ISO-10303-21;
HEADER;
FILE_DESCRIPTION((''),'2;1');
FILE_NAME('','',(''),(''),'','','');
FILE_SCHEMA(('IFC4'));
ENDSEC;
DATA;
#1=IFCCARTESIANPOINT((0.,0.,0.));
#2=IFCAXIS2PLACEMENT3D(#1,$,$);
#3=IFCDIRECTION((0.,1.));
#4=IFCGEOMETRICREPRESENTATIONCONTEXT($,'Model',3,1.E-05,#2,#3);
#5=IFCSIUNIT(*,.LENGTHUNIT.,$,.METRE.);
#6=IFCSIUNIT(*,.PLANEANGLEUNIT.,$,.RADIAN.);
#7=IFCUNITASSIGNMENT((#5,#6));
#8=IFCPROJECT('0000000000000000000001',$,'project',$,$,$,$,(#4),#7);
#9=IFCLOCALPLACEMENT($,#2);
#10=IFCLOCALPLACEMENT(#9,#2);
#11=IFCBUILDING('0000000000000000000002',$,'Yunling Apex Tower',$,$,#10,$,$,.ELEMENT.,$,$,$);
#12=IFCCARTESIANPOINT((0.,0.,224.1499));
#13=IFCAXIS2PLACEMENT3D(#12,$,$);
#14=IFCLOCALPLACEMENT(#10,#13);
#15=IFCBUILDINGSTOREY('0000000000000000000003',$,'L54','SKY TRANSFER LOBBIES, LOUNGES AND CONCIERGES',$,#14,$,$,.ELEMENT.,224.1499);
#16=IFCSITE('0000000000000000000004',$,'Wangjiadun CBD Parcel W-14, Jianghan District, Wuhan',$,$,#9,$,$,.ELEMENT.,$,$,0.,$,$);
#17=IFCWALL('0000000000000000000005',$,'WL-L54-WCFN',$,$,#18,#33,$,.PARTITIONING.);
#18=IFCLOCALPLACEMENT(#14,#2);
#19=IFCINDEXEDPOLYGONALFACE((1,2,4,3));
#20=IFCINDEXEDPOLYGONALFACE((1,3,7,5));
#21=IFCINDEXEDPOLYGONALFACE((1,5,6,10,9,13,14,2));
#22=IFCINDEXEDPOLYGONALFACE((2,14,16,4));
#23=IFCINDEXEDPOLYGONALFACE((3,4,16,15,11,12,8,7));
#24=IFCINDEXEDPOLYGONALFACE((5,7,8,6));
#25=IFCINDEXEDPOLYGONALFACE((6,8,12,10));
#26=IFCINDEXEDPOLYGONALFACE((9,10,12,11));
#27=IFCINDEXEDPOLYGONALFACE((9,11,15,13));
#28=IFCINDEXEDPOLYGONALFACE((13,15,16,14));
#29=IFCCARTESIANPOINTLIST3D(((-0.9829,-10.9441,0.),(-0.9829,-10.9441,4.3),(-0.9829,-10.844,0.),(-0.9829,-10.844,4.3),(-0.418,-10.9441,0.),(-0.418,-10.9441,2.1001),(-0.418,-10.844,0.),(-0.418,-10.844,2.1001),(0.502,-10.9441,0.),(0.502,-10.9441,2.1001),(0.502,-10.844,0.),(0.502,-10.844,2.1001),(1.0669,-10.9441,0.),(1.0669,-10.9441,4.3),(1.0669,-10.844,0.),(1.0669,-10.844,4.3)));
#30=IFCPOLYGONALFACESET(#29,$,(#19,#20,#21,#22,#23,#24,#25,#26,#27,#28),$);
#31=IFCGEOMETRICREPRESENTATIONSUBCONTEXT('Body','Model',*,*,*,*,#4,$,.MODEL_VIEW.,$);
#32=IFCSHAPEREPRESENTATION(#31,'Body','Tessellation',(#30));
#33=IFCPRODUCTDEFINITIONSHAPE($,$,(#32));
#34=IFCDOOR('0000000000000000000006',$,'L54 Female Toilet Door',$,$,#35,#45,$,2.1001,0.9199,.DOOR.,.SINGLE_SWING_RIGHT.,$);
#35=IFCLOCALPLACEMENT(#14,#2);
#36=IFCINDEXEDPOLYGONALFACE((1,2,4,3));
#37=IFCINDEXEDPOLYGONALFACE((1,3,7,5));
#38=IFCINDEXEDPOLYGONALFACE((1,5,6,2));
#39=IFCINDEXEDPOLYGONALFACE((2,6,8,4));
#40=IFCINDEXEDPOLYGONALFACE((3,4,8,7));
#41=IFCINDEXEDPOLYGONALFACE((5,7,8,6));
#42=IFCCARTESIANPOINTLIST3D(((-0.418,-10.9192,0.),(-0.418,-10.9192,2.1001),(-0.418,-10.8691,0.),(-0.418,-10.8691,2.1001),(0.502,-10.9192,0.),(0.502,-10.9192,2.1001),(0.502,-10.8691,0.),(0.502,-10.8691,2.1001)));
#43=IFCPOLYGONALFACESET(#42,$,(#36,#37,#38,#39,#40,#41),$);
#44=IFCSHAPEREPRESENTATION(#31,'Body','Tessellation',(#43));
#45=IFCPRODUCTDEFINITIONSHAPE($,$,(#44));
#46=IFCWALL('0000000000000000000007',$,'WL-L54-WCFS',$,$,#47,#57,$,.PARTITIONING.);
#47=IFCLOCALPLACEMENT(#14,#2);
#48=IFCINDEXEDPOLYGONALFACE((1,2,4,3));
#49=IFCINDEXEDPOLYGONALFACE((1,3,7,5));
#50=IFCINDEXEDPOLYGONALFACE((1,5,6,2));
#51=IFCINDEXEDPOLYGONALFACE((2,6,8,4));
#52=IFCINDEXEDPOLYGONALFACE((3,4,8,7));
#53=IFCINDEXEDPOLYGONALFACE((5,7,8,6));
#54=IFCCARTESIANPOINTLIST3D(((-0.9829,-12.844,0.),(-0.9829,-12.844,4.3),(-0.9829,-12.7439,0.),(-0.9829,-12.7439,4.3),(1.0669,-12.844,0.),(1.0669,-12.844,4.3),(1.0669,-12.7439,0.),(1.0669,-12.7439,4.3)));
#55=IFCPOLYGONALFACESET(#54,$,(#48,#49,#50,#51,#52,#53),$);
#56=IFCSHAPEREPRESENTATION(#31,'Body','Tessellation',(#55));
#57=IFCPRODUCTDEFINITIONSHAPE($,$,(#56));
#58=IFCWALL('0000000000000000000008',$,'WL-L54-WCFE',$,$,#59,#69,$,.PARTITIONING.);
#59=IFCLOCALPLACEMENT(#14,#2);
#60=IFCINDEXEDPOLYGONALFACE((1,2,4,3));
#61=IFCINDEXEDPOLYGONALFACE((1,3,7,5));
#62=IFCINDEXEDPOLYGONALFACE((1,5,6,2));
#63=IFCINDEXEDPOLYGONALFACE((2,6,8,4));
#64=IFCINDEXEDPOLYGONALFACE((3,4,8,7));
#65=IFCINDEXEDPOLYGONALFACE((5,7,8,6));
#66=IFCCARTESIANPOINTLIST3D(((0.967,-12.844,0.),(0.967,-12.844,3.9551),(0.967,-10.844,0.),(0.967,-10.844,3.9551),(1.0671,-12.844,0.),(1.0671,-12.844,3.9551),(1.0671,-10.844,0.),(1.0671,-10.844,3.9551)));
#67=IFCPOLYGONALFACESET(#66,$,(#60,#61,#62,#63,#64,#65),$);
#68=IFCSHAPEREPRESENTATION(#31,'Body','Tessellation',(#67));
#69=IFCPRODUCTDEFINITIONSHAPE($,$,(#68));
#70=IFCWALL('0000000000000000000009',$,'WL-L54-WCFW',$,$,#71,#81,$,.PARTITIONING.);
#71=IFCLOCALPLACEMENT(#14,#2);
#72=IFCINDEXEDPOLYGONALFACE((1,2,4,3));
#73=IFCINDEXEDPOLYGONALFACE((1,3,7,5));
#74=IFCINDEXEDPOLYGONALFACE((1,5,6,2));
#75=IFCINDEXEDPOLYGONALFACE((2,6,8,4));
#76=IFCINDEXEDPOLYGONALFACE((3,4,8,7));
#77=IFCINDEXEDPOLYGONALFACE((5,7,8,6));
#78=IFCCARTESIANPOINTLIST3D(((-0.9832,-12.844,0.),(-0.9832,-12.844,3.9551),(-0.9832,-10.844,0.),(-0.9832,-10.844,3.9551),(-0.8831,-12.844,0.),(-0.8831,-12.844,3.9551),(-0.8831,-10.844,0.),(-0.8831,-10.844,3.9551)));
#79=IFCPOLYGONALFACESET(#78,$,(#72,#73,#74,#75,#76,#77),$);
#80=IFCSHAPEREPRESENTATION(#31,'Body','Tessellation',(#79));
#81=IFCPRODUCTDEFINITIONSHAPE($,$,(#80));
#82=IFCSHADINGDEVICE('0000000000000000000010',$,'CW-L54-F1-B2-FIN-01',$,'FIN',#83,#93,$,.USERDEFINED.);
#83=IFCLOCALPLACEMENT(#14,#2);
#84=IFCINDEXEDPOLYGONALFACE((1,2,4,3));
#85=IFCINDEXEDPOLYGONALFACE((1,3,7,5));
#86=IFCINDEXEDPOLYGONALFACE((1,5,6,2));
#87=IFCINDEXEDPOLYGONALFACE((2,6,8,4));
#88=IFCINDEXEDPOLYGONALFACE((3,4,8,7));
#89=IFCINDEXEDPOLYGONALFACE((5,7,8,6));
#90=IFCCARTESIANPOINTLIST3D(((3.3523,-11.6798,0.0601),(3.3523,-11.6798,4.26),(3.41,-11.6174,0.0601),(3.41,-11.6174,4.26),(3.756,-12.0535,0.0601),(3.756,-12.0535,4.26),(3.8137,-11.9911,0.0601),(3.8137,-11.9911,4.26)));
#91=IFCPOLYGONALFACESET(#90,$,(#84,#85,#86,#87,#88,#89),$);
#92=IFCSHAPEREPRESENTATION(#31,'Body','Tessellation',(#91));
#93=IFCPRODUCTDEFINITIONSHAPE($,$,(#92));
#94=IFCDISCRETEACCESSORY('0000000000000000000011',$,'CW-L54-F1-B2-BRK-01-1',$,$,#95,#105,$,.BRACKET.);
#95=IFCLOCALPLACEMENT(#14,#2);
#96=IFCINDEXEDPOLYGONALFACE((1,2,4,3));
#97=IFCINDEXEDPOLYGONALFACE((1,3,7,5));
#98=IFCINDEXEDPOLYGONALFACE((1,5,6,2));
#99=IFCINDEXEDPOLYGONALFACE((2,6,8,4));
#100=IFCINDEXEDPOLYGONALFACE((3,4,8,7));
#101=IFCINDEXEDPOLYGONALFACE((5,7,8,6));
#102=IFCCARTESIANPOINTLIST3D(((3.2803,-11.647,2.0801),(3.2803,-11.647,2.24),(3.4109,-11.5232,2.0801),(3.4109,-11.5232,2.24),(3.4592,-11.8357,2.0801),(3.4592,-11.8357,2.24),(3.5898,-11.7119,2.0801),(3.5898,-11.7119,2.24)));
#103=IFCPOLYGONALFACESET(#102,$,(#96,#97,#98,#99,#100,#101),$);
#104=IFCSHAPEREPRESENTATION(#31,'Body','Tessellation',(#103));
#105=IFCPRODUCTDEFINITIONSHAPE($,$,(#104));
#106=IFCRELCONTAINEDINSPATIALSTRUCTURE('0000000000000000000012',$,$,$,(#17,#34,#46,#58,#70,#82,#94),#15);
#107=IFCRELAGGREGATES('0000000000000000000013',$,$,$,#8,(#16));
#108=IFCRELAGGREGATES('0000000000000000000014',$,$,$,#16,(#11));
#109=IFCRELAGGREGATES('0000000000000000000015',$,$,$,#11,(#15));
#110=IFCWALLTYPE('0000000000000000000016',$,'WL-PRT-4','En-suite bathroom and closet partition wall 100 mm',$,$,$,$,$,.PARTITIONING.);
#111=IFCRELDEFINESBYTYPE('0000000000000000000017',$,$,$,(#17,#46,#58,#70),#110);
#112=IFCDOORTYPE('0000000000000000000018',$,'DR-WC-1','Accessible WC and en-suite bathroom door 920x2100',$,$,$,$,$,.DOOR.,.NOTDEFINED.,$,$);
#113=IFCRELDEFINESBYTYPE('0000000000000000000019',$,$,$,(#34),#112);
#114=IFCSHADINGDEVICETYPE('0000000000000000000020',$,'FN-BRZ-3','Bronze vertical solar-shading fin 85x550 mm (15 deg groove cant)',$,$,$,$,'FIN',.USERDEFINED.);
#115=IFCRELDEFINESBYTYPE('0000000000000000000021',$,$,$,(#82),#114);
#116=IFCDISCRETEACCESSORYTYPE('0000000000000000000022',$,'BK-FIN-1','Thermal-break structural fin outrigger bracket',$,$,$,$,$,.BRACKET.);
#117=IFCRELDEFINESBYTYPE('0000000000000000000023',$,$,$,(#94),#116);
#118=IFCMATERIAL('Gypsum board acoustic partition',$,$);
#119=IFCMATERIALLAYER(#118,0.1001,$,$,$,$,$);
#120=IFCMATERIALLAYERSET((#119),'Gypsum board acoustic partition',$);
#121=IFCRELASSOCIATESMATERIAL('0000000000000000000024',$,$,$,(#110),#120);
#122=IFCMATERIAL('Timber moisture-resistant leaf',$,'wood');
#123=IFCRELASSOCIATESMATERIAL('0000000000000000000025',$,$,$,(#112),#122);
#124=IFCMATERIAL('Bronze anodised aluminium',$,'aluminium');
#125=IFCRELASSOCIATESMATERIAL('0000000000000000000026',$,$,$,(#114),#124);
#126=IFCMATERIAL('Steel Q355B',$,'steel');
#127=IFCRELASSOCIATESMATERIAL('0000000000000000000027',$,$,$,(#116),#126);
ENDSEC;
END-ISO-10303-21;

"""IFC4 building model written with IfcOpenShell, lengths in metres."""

from ifc_helpers import new_model, si_unit, direction, frame, frame_2d, origin, origin_2d, place, context, subcontext, project, spatial, rectangle, extrude, source, transform, mapped, material, layer, layer_set, material_profile, profile_set, type_object, element, fill, save


model = new_model("IFC4")

# Units and contexts
model_context = context("Model", 3, precision=1e-05, world=origin(), true_north=direction((0.0, 1.0)))
body_context = subcontext(model_context, "Body", "Model", "MODEL_VIEW")
ifc_project = project(units=[si_unit("LENGTHUNIT", "METRE"), si_unit("PLANEANGLEUNIT", "RADIAN")], contexts=[model_context])

# Site, building, storey
site_placement = place(None, origin())
site = spatial("IfcSite", under=ifc_project, at=site_placement, Name="Wangjiadun CBD Parcel W-14, Jianghan District, Wuhan", CompositionType="ELEMENT", RefElevation=0.0)
building_placement = place(site_placement, origin())
building = spatial("IfcBuilding", under=site, at=building_placement, Name="Yunling Apex Tower", CompositionType="ELEMENT")
storey_placement = place(building_placement, frame((0.0, 0.0, 224.1499)))
storey = spatial("IfcBuildingStorey", under=building, at=storey_placement, Name="L54", Description="SKY TRANSFER LOBBIES, LOUNGES AND CONCIERGES", CompositionType="ELEMENT", Elevation=224.1499)

# Shared definitions
ifc_material_1 = material(Name="Steel Q355B", Category="steel")

# Shared definitions
ifc_material_2 = material(Name="Bronze anodised aluminium", Category="aluminium")

# Wall, opening, door
ifc_material_3 = material(Name="Gypsum board acoustic partition")
ifc_layer_1 = layer(ifc_material_3, 0.1001)
ifc_layer_set_1 = layer_set([ifc_layer_1], Name="Gypsum board acoustic partition")
wall_type_1 = type_object("IfcWallType", Name="WL-PRT-4", Description="En-suite bathroom and closet partition wall 100 mm", PredefinedType="PARTITIONING", material=ifc_layer_set_1)
wall_1_placement = place(storey_placement, frame((-0.9829, -10.894, 0.0), z_axis=(0.0, 0.0, 1.0), x_axis=(1.0, 0.0, 0.0)))
wall_1 = element("IfcWall", 1, at=wall_1_placement, inside=storey, type_object=wall_type_1, Name="WL-L54-WCFN", PredefinedType="PARTITIONING", context=body_context, shape_type="SweptSolid", body=[
    extrude(rectangle(XDim=2.0498, YDim=0.1001, at=frame_2d((1.0249, 0.0))), origin(), (0.0, 0.0, 1.0), 4.3),
])
opening_1_placement = place(wall_1_placement, frame((0.5649, 0.0, 0.0)))
opening_1 = element("IfcOpeningElement", 2, at=opening_1_placement, cuts=wall_1, PredefinedType="OPENING", context=body_context, shape_type="SweptSolid", body=[
    extrude(rectangle(XDim=0.9199, YDim=2.1001, at=frame_2d((0.46, 1.05))), frame((0.0, 0.0601, 0.0), z_axis=(0.0, -1.0, 0.0), x_axis=(1.0, 0.0, 0.0)), (0.0, 0.0, 1.0), 0.1201),
])
ifc_material_4 = material(Name="Timber moisture-resistant leaf", Category="wood")
door_type_1 = type_object("IfcDoorType", Name="DR-WC-1", Description="Accessible WC and en-suite bathroom door 920x2100", OperationType="NOTDEFINED", PredefinedType="DOOR", material=ifc_material_4)
door_1_placement = place(opening_1_placement, origin())
door_1 = element("IfcDoor", 3, at=door_1_placement, inside=storey, type_object=door_type_1, Name="L54 Female Toilet Door", OperationType="SINGLE_SWING_RIGHT", OverallHeight=2.1001, OverallWidth=0.9199, PredefinedType="DOOR", context=body_context, shape_type="SweptSolid", body=[
    extrude(rectangle(XDim=0.9199, YDim=2.1001, at=frame_2d((0.46, 1.05))), frame((0.0, 0.0249, 0.0), z_axis=(0.0, -1.0, 0.0), x_axis=(1.0, 0.0, 0.0)), (0.0, 0.0, 1.0), 0.05),
])
fill(opening_1, door_1)

# Walls
wall_2_placement = place(storey_placement, frame((1.0669, -12.7939, 0.0), z_axis=(0.0, 0.0, 1.0), x_axis=(-1.0, 0.0, 0.0)))
element("IfcWall", 4, at=wall_2_placement, inside=storey, type_object=wall_type_1, Name="WL-L54-WCFS", PredefinedType="PARTITIONING", context=body_context, shape_type="SweptSolid", body=[
    extrude(rectangle(XDim=2.0498, YDim=0.1001, at=frame_2d((1.0249, 0.0))), origin(), (0.0, 0.0, 1.0), 4.3),
])
for number, where, z_axis, x_axis, name in (
    (5, (1.0171, -10.844, 0.0), (0.0, 0.0, 1.0), (0.0, -1.0, 0.0), "WL-L54-WCFE"),
    (6, (-0.9331, -12.844, 0.0), (0.0, 0.0, 1.0), (0.0, 1.0, 0.0), "WL-L54-WCFW"),
):
    element("IfcWall", number, at=place(storey_placement, frame(where, z_axis=z_axis, x_axis=x_axis)), inside=storey, type_object=wall_type_1, Name=name, PredefinedType="PARTITIONING", context=body_context, shape_type="SweptSolid", body=[
        extrude(rectangle(XDim=2.0, YDim=0.1001, at=frame_2d((1.0, 0.0))), origin(), (0.0, 0.0, 1.0), 3.9551),
    ])

# Shading device
ifc_material_profile_1 = material_profile(ifc_material_2, rectangle(XDim=0.085, YDim=0.55, at=origin_2d()))
ifc_profile_set_1 = profile_set([ifc_material_profile_1], Name="Bronze anodised aluminium")
shading_device_type = type_object("IfcShadingDeviceType", Name="FN-BRZ-3", Description="Bronze vertical solar-shading fin 85x550 mm (15 deg groove cant)", ElementType="FIN", PredefinedType="USERDEFINED", material=ifc_profile_set_1)
shared_shape_1 = source(origin(), body_context, "Body", "SweptSolid", [
    extrude(rectangle(XDim=0.085, YDim=0.55, at=origin_2d()), origin(), (0.0, 0.0, 1.0), 4.2),
])
shading_device_placement = place(storey_placement, frame((3.583, -11.8354, 0.0601), z_axis=(0.0, 0.0, 1.0), x_axis=(0.679313, 0.733848, 0.0)))
element("IfcShadingDevice", 7, at=shading_device_placement, inside=storey, type_object=shading_device_type, Name="CW-L54-F1-B2-FIN-01", ObjectType="FIN", PredefinedType="USERDEFINED", context=body_context, shape_type="MappedRepresentation", body=[
    mapped(shared_shape_1, transform((0.0, 0.0, 0.0), scale=1.0)),
])

# Discrete accessory
discrete_accessory_type = type_object("IfcDiscreteAccessoryType", Name="BK-FIN-1", Description="Thermal-break structural fin outrigger bracket", PredefinedType="BRACKET", material=ifc_material_1)
shared_shape_2 = source(origin(), body_context, "Body", "SweptSolid", [
    extrude(rectangle(XDim=0.1799, YDim=0.26, at=origin_2d()), origin(), (0.0, 0.0, 1.0), 0.1599),
])
discrete_accessory_placement = place(storey_placement, frame((3.4351, -11.6794, 2.0801), z_axis=(0.0, 0.0, 1.0), x_axis=(0.725855, 0.687848, 0.0)))
element("IfcDiscreteAccessory", 8, at=discrete_accessory_placement, inside=storey, type_object=discrete_accessory_type, Name="CW-L54-F1-B2-BRK-01-1", PredefinedType="BRACKET", context=body_context, shape_type="MappedRepresentation", body=[
    mapped(shared_shape_2, transform((0.0, 0.0, 0.0), scale=1.0)),
])

save(model, "model.ifc")
